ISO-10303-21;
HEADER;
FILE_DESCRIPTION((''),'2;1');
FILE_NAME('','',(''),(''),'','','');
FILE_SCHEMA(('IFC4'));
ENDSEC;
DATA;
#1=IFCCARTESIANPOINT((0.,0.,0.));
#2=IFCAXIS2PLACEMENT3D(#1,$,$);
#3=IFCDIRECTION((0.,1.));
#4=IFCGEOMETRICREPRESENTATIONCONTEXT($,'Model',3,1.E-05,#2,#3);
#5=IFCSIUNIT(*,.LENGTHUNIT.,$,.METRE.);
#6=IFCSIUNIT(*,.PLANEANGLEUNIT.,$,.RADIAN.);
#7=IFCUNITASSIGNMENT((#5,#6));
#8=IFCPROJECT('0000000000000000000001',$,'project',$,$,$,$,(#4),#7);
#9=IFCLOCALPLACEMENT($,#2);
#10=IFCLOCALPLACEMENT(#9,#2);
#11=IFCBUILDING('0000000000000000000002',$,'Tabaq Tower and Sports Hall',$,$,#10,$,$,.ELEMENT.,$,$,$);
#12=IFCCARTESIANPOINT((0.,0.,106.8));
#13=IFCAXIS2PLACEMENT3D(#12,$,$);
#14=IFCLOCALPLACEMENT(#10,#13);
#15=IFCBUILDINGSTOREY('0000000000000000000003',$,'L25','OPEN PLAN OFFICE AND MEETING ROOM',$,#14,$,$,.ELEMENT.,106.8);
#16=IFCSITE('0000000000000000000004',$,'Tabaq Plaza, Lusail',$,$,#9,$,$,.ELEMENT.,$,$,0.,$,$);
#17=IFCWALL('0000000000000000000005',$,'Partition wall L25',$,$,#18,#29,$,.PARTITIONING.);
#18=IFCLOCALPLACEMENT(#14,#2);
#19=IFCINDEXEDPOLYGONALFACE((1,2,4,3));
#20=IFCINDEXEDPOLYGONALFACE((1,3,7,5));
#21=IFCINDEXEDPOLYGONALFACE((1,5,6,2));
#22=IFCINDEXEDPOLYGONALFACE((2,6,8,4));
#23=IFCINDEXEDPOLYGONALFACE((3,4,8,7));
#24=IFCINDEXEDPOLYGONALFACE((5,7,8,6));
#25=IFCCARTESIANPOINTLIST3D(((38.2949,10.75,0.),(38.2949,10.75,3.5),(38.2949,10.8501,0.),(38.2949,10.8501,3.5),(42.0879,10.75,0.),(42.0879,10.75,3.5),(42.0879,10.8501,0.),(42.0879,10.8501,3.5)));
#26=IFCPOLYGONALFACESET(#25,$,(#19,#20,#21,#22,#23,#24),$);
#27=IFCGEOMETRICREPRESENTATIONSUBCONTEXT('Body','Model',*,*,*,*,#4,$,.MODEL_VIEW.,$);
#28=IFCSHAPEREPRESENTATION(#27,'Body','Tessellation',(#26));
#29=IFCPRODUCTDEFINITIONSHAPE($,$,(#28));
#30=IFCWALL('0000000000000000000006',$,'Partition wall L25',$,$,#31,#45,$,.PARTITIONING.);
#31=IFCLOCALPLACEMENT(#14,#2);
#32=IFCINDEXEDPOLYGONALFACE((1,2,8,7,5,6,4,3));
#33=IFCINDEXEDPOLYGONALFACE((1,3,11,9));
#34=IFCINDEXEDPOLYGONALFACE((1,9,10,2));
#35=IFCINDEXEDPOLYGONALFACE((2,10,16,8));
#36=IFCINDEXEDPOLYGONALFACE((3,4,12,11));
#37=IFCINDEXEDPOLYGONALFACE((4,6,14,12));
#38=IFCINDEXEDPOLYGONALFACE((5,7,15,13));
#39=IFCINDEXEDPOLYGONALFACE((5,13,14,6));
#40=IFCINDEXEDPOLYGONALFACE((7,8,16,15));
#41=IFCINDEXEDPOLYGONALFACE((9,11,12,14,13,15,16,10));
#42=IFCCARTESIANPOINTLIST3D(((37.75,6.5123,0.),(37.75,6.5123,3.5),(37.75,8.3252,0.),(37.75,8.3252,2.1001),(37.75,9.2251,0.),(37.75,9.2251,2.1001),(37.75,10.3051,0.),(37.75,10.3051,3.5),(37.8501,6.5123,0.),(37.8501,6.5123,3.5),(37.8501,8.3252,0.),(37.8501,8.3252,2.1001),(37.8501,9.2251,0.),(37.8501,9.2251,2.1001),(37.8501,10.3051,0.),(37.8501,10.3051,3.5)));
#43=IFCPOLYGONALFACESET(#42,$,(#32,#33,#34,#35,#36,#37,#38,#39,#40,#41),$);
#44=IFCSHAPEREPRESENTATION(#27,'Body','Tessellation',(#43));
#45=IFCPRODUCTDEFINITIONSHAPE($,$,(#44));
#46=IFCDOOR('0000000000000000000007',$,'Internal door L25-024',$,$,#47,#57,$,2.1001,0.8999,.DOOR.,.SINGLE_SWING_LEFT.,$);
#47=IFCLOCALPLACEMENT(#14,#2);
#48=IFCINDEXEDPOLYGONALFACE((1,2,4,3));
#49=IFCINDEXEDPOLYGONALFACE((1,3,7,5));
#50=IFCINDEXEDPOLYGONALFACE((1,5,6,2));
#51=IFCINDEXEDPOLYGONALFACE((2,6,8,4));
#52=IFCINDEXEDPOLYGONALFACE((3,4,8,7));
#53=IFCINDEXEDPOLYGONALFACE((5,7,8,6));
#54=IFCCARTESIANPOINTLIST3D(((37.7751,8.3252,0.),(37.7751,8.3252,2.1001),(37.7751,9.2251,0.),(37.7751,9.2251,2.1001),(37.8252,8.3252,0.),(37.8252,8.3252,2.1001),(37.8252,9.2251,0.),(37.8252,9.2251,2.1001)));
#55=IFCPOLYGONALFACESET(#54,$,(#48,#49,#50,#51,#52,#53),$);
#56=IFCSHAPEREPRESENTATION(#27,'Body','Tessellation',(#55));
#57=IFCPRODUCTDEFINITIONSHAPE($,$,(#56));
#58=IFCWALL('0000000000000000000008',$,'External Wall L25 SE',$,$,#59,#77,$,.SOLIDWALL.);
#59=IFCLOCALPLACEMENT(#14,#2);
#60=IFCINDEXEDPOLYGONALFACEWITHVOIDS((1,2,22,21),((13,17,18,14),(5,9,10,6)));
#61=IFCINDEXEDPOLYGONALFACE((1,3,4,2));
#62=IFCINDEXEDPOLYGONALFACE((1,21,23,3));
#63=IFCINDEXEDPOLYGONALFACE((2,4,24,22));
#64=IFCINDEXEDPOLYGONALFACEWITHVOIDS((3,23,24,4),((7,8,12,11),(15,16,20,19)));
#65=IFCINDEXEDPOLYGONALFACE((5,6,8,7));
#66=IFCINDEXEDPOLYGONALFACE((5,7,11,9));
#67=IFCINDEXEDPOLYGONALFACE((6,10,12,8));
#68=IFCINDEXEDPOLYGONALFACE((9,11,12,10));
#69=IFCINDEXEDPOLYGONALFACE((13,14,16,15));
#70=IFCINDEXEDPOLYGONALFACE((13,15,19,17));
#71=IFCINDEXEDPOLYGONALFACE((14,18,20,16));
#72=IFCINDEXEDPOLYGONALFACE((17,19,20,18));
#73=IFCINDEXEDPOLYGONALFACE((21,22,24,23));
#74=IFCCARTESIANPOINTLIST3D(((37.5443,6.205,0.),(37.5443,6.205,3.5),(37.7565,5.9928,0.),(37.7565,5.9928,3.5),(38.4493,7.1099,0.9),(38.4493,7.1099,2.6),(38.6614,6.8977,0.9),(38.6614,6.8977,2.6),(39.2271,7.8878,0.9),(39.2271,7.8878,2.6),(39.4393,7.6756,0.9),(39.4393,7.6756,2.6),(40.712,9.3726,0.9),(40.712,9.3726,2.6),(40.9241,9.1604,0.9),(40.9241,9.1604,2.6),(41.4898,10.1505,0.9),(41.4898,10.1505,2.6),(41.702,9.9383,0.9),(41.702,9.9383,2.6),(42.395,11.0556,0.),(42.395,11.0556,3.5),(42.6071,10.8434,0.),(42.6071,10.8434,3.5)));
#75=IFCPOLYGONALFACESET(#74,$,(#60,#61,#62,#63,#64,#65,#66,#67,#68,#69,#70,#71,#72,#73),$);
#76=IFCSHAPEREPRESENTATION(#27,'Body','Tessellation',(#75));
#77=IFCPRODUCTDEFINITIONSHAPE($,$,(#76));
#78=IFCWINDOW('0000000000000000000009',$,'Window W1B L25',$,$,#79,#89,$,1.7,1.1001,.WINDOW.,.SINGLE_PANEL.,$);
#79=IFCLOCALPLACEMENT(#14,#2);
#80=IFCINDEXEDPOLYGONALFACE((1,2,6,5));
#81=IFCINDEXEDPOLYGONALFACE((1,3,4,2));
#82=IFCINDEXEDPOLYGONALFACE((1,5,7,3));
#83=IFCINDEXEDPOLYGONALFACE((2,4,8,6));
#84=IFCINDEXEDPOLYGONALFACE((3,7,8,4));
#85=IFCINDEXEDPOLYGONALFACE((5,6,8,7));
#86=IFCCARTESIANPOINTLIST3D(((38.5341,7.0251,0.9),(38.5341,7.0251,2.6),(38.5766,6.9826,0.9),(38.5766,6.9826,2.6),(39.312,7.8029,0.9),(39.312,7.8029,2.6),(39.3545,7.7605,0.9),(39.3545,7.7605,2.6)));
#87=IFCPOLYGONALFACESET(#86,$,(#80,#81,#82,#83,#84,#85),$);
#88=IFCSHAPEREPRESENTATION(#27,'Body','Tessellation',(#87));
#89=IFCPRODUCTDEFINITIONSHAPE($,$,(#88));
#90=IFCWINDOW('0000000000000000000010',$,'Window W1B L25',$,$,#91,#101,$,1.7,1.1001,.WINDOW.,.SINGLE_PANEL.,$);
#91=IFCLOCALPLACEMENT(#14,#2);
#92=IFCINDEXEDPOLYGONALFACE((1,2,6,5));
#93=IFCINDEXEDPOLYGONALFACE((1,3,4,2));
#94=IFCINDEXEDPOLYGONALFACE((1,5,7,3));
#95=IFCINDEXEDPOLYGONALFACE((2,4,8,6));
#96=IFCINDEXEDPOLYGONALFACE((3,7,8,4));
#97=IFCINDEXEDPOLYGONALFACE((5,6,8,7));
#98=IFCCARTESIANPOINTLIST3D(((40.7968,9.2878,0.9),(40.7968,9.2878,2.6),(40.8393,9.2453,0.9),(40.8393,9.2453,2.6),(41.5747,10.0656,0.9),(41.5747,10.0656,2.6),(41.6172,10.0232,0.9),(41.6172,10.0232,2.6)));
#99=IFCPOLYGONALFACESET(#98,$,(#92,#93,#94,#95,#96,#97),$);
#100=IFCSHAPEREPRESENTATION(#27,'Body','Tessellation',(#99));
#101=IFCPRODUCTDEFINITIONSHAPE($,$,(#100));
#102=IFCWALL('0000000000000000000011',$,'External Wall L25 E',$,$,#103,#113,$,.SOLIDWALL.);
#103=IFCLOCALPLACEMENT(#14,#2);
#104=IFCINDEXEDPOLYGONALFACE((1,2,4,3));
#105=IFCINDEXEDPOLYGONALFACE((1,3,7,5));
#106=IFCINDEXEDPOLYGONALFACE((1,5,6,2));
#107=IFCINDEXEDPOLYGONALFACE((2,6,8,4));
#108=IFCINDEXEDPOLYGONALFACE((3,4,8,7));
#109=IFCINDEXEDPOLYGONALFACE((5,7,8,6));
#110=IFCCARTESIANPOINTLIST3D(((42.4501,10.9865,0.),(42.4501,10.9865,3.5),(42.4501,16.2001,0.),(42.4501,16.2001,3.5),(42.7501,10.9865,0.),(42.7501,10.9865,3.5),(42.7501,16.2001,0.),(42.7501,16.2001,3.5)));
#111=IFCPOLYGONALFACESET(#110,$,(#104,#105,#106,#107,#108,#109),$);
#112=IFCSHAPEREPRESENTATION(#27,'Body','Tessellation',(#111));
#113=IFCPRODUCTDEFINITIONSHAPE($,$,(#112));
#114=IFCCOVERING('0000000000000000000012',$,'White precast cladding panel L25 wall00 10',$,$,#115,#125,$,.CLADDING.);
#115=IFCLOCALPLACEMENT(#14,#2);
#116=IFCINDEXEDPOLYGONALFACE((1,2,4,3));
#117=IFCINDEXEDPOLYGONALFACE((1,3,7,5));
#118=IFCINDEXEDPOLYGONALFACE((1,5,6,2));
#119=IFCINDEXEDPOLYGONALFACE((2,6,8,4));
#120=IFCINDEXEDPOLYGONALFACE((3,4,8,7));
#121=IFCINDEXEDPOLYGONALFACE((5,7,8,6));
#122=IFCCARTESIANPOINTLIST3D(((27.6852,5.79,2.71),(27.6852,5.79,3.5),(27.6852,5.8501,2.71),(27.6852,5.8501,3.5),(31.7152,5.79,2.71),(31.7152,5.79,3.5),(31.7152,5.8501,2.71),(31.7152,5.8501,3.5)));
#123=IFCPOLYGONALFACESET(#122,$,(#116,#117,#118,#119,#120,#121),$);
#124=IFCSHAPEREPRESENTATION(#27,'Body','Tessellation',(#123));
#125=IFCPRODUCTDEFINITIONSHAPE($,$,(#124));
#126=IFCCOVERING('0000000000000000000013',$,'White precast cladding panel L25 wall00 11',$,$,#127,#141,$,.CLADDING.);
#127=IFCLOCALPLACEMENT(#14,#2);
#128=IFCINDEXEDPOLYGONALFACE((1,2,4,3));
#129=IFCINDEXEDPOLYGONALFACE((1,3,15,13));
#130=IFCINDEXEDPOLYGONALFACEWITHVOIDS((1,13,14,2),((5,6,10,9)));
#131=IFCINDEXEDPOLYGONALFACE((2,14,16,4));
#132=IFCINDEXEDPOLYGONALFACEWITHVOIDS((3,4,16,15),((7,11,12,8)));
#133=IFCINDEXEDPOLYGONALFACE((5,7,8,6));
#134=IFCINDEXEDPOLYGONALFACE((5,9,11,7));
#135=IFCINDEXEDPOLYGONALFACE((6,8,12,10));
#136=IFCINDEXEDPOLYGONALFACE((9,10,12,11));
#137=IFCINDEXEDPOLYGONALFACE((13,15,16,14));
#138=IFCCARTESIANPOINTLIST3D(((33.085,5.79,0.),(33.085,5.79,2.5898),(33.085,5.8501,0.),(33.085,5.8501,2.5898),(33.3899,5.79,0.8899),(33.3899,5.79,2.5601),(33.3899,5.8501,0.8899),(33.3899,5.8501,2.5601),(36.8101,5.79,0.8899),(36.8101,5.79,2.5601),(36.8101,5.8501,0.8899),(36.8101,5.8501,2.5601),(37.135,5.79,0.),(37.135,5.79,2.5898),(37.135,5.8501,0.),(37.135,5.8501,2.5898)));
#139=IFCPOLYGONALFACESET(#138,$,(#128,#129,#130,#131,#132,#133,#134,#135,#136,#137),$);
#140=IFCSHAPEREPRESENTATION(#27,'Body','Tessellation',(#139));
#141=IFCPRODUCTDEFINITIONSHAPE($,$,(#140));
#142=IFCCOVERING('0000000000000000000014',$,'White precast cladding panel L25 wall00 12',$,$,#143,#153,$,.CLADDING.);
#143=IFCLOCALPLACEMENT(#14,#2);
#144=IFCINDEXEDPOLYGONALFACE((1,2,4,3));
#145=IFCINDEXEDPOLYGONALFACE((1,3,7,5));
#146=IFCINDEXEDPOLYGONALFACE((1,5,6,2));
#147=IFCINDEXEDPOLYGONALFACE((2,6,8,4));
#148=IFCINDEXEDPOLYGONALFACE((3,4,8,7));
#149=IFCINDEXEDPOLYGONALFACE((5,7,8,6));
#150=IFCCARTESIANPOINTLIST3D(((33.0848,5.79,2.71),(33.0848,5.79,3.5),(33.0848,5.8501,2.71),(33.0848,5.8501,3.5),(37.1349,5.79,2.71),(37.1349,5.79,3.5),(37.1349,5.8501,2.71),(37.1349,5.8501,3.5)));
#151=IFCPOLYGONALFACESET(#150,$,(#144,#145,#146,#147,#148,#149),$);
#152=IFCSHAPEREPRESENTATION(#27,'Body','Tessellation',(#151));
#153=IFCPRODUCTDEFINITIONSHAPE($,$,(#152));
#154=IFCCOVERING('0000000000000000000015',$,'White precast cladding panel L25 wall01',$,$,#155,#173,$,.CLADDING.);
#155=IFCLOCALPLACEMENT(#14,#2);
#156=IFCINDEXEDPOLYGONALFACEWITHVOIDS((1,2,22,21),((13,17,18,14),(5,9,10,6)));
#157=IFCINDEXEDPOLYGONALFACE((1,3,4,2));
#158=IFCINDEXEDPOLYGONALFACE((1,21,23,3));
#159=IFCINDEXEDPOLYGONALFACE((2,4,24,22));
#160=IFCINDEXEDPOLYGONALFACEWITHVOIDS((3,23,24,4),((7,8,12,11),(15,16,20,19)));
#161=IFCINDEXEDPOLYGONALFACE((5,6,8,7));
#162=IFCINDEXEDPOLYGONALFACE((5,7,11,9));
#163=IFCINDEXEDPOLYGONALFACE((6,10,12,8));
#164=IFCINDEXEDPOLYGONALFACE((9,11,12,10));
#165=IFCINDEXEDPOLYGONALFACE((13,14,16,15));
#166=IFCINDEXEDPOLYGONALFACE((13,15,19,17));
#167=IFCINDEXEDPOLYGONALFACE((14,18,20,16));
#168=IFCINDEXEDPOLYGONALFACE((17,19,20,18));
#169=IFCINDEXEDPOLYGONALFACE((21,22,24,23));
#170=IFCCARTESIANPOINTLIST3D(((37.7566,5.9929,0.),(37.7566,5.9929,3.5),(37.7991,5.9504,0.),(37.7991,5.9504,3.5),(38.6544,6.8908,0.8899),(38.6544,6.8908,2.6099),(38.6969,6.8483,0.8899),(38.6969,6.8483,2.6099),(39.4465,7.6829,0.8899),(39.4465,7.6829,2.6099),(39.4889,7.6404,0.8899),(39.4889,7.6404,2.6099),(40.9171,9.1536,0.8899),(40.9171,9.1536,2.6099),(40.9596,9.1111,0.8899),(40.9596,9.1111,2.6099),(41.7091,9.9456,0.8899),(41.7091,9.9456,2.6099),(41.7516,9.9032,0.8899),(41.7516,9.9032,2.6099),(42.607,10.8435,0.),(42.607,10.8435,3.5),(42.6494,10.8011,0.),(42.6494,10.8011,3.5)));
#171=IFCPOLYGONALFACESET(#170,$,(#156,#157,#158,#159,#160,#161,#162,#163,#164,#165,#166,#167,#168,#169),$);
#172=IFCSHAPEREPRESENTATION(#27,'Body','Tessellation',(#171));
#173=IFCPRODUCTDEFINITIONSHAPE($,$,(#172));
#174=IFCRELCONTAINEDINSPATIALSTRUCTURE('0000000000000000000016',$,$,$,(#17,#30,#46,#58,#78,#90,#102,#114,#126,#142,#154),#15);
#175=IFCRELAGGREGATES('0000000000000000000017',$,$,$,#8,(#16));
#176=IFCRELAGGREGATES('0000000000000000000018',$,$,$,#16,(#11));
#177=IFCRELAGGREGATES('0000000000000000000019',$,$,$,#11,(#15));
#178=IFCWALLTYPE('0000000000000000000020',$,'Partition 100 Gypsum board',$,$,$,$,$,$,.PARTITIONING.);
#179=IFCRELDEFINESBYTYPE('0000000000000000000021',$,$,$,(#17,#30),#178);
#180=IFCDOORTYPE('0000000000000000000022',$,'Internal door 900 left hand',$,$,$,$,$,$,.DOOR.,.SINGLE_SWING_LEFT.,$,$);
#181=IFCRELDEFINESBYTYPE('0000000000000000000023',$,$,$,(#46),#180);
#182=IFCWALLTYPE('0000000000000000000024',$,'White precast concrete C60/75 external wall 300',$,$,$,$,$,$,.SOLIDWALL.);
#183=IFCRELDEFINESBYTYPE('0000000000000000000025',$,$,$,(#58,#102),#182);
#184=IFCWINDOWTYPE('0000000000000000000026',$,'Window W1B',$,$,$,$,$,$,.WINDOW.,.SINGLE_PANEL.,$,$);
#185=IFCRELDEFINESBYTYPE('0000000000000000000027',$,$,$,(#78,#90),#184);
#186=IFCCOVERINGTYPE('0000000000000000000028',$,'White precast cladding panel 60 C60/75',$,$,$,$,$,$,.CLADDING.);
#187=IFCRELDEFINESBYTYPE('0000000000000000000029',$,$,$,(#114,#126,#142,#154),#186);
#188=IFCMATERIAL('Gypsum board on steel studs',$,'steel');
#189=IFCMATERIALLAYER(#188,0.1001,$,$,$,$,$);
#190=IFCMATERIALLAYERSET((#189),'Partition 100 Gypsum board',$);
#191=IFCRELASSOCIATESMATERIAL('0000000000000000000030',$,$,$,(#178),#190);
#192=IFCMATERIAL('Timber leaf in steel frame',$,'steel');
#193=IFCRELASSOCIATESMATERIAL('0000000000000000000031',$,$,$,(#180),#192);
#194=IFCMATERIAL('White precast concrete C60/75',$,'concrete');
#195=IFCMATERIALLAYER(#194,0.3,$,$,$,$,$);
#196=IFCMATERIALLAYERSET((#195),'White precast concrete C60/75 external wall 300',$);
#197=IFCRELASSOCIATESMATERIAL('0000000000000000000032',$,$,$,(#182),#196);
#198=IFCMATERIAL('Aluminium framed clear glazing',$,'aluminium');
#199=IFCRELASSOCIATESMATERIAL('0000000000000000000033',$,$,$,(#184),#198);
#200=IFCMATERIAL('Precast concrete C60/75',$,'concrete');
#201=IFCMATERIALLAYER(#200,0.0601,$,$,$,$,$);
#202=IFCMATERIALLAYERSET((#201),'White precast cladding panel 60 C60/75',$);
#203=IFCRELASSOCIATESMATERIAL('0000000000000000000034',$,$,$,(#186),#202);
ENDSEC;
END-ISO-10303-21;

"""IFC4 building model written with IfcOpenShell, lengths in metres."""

from ifc_helpers import new_model, si_unit, direction, frame, frame_2d, origin, place, context, subcontext, project, spatial, polyline, rectangle, outline, extrude, material, layer, layer_set, type_object, element, fill, save


model = new_model("IFC4")

# Units and contexts
model_context = context("Model", 3, precision=1e-05, world=origin(), true_north=direction((0.0, 1.0)))
body_context = subcontext(model_context, "Body", "Model", "MODEL_VIEW")
ifc_project = project(units=[si_unit("LENGTHUNIT", "METRE"), si_unit("PLANEANGLEUNIT", "RADIAN")], contexts=[model_context])

# Site, building, storey
site_placement = place(None, origin())
site = spatial("IfcSite", under=ifc_project, at=site_placement, Name="Tabaq Plaza, Lusail", CompositionType="ELEMENT", RefElevation=0.0)
building_placement = place(site_placement, origin())
building = spatial("IfcBuilding", under=site, at=building_placement, Name="Tabaq Tower and Sports Hall", CompositionType="ELEMENT")
storey_placement = place(building_placement, frame((0.0, 0.0, 106.8)))
storey = spatial("IfcBuildingStorey", under=building, at=storey_placement, Name="L25", Description="OPEN PLAN OFFICE AND MEETING ROOM", CompositionType="ELEMENT", Elevation=106.8)

# Shared definitions
ifc_material_1 = material(Name="Gypsum board on steel studs", Category="steel")
ifc_layer_1 = layer(ifc_material_1, 0.1001)
ifc_layer_set_1 = layer_set([ifc_layer_1], Name="Partition 100 Gypsum board")
wall_type_1 = type_object("IfcWallType", Name="Partition 100 Gypsum board", PredefinedType="PARTITIONING", material=ifc_layer_set_1)

# Shared definitions
ifc_material_2 = material(Name="Timber leaf in steel frame", Category="steel")
door_type = type_object("IfcDoorType", Name="Internal door 900 left hand", OperationType="SINGLE_SWING_LEFT", PredefinedType="DOOR", material=ifc_material_2)

# Wall
wall_1_placement = place(storey_placement, frame((38.2949, 10.8, 0.0), z_axis=(0.0, 0.0, 1.0), x_axis=(1.0, 0.0, 0.0)))
element("IfcWall", 1, at=wall_1_placement, inside=storey, type_object=wall_type_1, Name="Partition wall L25", PredefinedType="PARTITIONING", context=body_context, shape_type="SweptSolid", body=[
    extrude(rectangle(XDim=3.793, YDim=0.1001, at=frame_2d((1.8965, 0.0))), origin(), (0.0, 0.0, 1.0), 3.5),
])

# Wall, opening, door
wall_2_placement = place(storey_placement, frame((37.8, 6.5122, 0.0), z_axis=(0.0, 0.0, 1.0), x_axis=(0.0, 1.0, 0.0)))
wall_2 = element("IfcWall", 2, at=wall_2_placement, inside=storey, type_object=wall_type_1, Name="Partition wall L25", PredefinedType="PARTITIONING", context=body_context, shape_type="SweptSolid", body=[
    extrude(rectangle(XDim=3.7927, YDim=0.1001, at=frame_2d((1.8965, 0.0))), origin(), (0.0, 0.0, 1.0), 3.5),
])
opening_1_placement = place(wall_2_placement, frame((1.813, 0.0, 0.0)))
opening_1 = element("IfcOpeningElement", 3, at=opening_1_placement, cuts=wall_2, PredefinedType="OPENING", context=body_context, shape_type="SweptSolid", body=[
    extrude(rectangle(XDim=0.8999, YDim=2.1001, at=frame_2d((0.45, 1.05))), frame((0.0, 0.05, 0.0), z_axis=(0.0, -1.0, 0.0), x_axis=(1.0, 0.0, 0.0)), (0.0, 0.0, 1.0), 0.1001),
])
door_1_placement = place(opening_1_placement, origin())
door_1 = element("IfcDoor", 4, at=door_1_placement, inside=storey, type_object=door_type, Name="Internal door L25-024", OperationType="SINGLE_SWING_LEFT", OverallHeight=2.1001, OverallWidth=0.8999, PredefinedType="DOOR", context=body_context, shape_type="SweptSolid", body=[
    extrude(rectangle(XDim=0.8999, YDim=2.1001, at=frame_2d((0.45, 1.05))), frame((0.0, 0.0249, 0.0), z_axis=(0.0, -1.0, 0.0), x_axis=(1.0, 0.0, 0.0)), (0.0, 0.0, 1.0), 0.05),
])
fill(opening_1, door_1)

# Wall, openings, windows
ifc_material_3 = material(Name="White precast concrete C60/75", Category="concrete")
ifc_layer_2 = layer(ifc_material_3, 0.3)
ifc_layer_set_2 = layer_set([ifc_layer_2], Name="White precast concrete C60/75 external wall 300")
wall_type_2 = type_object("IfcWallType", Name="White precast concrete C60/75 external wall 300", PredefinedType="SOLIDWALL", material=ifc_layer_set_2)
wall_3_placement = place(storey_placement, frame((37.6504, 6.0989, 0.0), z_axis=(0.0, 0.0, 1.0), x_axis=(0.707107, 0.707107, 0.0)))
wall_3 = element("IfcWall", 5, at=wall_3_placement, inside=storey, type_object=wall_type_2, Name="External Wall L25 SE", PredefinedType="SOLIDWALL", context=body_context, shape_type="SweptSolid", body=[
    extrude(rectangle(XDim=6.8599, YDim=0.3, at=frame_2d((3.4299, 0.0))), origin(), (0.0, 0.0, 1.0), 3.5),
])
opening_2_placement = place(wall_3_placement, frame((1.2798, 0.0, 0.8999)))
opening_2 = element("IfcOpeningElement", 6, at=opening_2_placement, cuts=wall_3, PredefinedType="OPENING", context=body_context, shape_type="SweptSolid", body=[
    extrude(rectangle(XDim=1.1001, YDim=1.7, at=frame_2d((0.55, 0.8501))), frame((0.0, 0.1602, 0.0), z_axis=(0.0, -1.0, 0.0), x_axis=(1.0, 0.0, 0.0)), (0.0, 0.0, 1.0), 0.3201),
])
opening_3_placement = place(wall_3_placement, frame((4.4797, 0.0, 0.8999)))
opening_3 = element("IfcOpeningElement", 7, at=opening_3_placement, cuts=wall_3, PredefinedType="OPENING", context=body_context, shape_type="SweptSolid", body=[
    extrude(rectangle(XDim=1.1001, YDim=1.7, at=frame_2d((0.55, 0.8501))), frame((0.0, 0.1602, 0.0), z_axis=(0.0, -1.0, 0.0), x_axis=(1.0, 0.0, 0.0)), (0.0, 0.0, 1.0), 0.3201),
])
ifc_material_4 = material(Name="Aluminium framed clear glazing", Category="aluminium")
window_type = type_object("IfcWindowType", Name="Window W1B", PartitioningType="SINGLE_PANEL", PredefinedType="WINDOW", material=ifc_material_4)
window_1_placement = place(opening_2_placement, origin())
window_1 = element("IfcWindow", 8, at=window_1_placement, inside=storey, type_object=window_type, Name="Window W1B L25", OverallHeight=1.7, OverallWidth=1.1001, PartitioningType="SINGLE_PANEL", PredefinedType="WINDOW", context=body_context, shape_type="SweptSolid", body=[
    extrude(rectangle(XDim=1.1001, YDim=1.7, at=frame_2d((0.55, 0.8501))), frame((0.0, 0.03, 0.0), z_axis=(0.0, -1.0, 0.0), x_axis=(1.0, 0.0, 0.0)), (0.0, 0.0, 1.0), 0.0601),
])
fill(opening_2, window_1)
window_2_placement = place(opening_3_placement, origin())
window_2 = element("IfcWindow", 9, at=window_2_placement, inside=storey, type_object=window_type, Name="Window W1B L25", OverallHeight=1.7, OverallWidth=1.1001, PartitioningType="SINGLE_PANEL", PredefinedType="WINDOW", context=body_context, shape_type="SweptSolid", body=[
    extrude(rectangle(XDim=1.1001, YDim=1.7, at=frame_2d((0.55, 0.8501))), frame((0.0, 0.03, 0.0), z_axis=(0.0, -1.0, 0.0), x_axis=(1.0, 0.0, 0.0)), (0.0, 0.0, 1.0), 0.0601),
])
fill(opening_3, window_2)

# Wall
wall_4_placement = place(storey_placement, frame((42.6001, 10.9863, 0.0), z_axis=(0.0, 0.0, 1.0), x_axis=(0.0, 1.0, 0.0)))
element("IfcWall", 10, at=wall_4_placement, inside=storey, type_object=wall_type_2, Name="External Wall L25 E", PredefinedType="SOLIDWALL", context=body_context, shape_type="SweptSolid", body=[
    extrude(rectangle(XDim=5.2136, YDim=0.3, at=frame_2d((2.6069, 0.0))), origin(), (0.0, 0.0, 1.0), 3.5),
])

# Coverings
ifc_material_5 = material(Name="Precast concrete C60/75", Category="concrete")
ifc_layer_3 = layer(ifc_material_5, 0.0601)
ifc_layer_set_3 = layer_set([ifc_layer_3], Name="White precast cladding panel 60 C60/75")
covering_type = type_object("IfcCoveringType", Name="White precast cladding panel 60 C60/75", PredefinedType="CLADDING", material=ifc_layer_set_3)
covering_1_placement = place(storey_placement, frame((27.6851, 5.8201, 2.71), z_axis=(0.0, 0.0, 1.0), x_axis=(1.0, 0.0, 0.0)))
element("IfcCovering", 11, at=covering_1_placement, inside=storey, type_object=covering_type, Name="White precast cladding panel L25 wall00 10", PredefinedType="CLADDING", context=body_context, shape_type="SweptSolid", body=[
    extrude(rectangle(XDim=4.03, YDim=0.0601, at=frame_2d((2.0151, 0.0))), origin(), (0.0, 0.0, 1.0), 0.79),
])
covering_2_placement = place(storey_placement, frame((33.085, 5.8201, 0.0), z_axis=(0.0, 0.0, 1.0), x_axis=(1.0, 0.0, 0.0)))
element("IfcCovering", 12, at=covering_2_placement, inside=storey, type_object=covering_type, Name="White precast cladding panel L25 wall00 11", PredefinedType="CLADDING", context=body_context, shape_type="SweptSolid", body=[
    extrude(outline(polyline([(0.0, 0.0), (4.05, 0.0), (4.05, 2.5898), (0.0, 2.5898), (0.0, 0.0)]), holes=[polyline([(3.7251, 0.8899), (0.3049, 0.8899), (0.3049, 2.5601), (3.7251, 2.5601), (3.7251, 0.8899)])]), frame((0.0, 0.03, 0.0), z_axis=(0.0, -1.0, 0.0), x_axis=(1.0, 0.0, 0.0)), (0.0, 0.0, 1.0), 0.0601),
])
covering_3_placement = place(storey_placement, frame((33.085, 5.8201, 2.71), z_axis=(0.0, 0.0, 1.0), x_axis=(1.0, 0.0, 0.0)))
element("IfcCovering", 13, at=covering_3_placement, inside=storey, type_object=covering_type, Name="White precast cladding panel L25 wall00 12", PredefinedType="CLADDING", context=body_context, shape_type="SweptSolid", body=[
    extrude(rectangle(XDim=4.05, YDim=0.0601, at=frame_2d((2.0249, 0.0))), origin(), (0.0, 0.0, 1.0), 0.79),
])
covering_4_placement = place(storey_placement, frame((37.7778, 5.9717, 0.0), z_axis=(0.0, 0.0, 1.0), x_axis=(0.707089, 0.707125, 0.0)))
element("IfcCovering", 14, at=covering_4_placement, inside=storey, type_object=covering_type, Name="White precast cladding panel L25 wall01", PredefinedType="CLADDING", context=body_context, shape_type="SweptSolid", body=[
    extrude(outline(polyline([(0.0, 0.0), (6.8596, 0.0), (6.8596, 3.5), (0.0, 3.5), (0.0, 0.0)]), holes=[polyline([(1.2698, 2.6099), (2.3899, 2.6099), (2.3899, 0.8899), (1.2698, 0.8899), (1.2698, 2.6099)]), polyline([(4.4697, 2.6099), (5.5898, 2.6099), (5.5898, 0.8899), (4.4697, 0.8899), (4.4697, 2.6099)])]), frame((0.0, 0.03, 0.0), z_axis=(0.0, -1.0, 0.0), x_axis=(1.0, 0.0, 0.0)), (0.0, 0.0, 1.0), 0.0601),
])

save(model, "model.ifc")
